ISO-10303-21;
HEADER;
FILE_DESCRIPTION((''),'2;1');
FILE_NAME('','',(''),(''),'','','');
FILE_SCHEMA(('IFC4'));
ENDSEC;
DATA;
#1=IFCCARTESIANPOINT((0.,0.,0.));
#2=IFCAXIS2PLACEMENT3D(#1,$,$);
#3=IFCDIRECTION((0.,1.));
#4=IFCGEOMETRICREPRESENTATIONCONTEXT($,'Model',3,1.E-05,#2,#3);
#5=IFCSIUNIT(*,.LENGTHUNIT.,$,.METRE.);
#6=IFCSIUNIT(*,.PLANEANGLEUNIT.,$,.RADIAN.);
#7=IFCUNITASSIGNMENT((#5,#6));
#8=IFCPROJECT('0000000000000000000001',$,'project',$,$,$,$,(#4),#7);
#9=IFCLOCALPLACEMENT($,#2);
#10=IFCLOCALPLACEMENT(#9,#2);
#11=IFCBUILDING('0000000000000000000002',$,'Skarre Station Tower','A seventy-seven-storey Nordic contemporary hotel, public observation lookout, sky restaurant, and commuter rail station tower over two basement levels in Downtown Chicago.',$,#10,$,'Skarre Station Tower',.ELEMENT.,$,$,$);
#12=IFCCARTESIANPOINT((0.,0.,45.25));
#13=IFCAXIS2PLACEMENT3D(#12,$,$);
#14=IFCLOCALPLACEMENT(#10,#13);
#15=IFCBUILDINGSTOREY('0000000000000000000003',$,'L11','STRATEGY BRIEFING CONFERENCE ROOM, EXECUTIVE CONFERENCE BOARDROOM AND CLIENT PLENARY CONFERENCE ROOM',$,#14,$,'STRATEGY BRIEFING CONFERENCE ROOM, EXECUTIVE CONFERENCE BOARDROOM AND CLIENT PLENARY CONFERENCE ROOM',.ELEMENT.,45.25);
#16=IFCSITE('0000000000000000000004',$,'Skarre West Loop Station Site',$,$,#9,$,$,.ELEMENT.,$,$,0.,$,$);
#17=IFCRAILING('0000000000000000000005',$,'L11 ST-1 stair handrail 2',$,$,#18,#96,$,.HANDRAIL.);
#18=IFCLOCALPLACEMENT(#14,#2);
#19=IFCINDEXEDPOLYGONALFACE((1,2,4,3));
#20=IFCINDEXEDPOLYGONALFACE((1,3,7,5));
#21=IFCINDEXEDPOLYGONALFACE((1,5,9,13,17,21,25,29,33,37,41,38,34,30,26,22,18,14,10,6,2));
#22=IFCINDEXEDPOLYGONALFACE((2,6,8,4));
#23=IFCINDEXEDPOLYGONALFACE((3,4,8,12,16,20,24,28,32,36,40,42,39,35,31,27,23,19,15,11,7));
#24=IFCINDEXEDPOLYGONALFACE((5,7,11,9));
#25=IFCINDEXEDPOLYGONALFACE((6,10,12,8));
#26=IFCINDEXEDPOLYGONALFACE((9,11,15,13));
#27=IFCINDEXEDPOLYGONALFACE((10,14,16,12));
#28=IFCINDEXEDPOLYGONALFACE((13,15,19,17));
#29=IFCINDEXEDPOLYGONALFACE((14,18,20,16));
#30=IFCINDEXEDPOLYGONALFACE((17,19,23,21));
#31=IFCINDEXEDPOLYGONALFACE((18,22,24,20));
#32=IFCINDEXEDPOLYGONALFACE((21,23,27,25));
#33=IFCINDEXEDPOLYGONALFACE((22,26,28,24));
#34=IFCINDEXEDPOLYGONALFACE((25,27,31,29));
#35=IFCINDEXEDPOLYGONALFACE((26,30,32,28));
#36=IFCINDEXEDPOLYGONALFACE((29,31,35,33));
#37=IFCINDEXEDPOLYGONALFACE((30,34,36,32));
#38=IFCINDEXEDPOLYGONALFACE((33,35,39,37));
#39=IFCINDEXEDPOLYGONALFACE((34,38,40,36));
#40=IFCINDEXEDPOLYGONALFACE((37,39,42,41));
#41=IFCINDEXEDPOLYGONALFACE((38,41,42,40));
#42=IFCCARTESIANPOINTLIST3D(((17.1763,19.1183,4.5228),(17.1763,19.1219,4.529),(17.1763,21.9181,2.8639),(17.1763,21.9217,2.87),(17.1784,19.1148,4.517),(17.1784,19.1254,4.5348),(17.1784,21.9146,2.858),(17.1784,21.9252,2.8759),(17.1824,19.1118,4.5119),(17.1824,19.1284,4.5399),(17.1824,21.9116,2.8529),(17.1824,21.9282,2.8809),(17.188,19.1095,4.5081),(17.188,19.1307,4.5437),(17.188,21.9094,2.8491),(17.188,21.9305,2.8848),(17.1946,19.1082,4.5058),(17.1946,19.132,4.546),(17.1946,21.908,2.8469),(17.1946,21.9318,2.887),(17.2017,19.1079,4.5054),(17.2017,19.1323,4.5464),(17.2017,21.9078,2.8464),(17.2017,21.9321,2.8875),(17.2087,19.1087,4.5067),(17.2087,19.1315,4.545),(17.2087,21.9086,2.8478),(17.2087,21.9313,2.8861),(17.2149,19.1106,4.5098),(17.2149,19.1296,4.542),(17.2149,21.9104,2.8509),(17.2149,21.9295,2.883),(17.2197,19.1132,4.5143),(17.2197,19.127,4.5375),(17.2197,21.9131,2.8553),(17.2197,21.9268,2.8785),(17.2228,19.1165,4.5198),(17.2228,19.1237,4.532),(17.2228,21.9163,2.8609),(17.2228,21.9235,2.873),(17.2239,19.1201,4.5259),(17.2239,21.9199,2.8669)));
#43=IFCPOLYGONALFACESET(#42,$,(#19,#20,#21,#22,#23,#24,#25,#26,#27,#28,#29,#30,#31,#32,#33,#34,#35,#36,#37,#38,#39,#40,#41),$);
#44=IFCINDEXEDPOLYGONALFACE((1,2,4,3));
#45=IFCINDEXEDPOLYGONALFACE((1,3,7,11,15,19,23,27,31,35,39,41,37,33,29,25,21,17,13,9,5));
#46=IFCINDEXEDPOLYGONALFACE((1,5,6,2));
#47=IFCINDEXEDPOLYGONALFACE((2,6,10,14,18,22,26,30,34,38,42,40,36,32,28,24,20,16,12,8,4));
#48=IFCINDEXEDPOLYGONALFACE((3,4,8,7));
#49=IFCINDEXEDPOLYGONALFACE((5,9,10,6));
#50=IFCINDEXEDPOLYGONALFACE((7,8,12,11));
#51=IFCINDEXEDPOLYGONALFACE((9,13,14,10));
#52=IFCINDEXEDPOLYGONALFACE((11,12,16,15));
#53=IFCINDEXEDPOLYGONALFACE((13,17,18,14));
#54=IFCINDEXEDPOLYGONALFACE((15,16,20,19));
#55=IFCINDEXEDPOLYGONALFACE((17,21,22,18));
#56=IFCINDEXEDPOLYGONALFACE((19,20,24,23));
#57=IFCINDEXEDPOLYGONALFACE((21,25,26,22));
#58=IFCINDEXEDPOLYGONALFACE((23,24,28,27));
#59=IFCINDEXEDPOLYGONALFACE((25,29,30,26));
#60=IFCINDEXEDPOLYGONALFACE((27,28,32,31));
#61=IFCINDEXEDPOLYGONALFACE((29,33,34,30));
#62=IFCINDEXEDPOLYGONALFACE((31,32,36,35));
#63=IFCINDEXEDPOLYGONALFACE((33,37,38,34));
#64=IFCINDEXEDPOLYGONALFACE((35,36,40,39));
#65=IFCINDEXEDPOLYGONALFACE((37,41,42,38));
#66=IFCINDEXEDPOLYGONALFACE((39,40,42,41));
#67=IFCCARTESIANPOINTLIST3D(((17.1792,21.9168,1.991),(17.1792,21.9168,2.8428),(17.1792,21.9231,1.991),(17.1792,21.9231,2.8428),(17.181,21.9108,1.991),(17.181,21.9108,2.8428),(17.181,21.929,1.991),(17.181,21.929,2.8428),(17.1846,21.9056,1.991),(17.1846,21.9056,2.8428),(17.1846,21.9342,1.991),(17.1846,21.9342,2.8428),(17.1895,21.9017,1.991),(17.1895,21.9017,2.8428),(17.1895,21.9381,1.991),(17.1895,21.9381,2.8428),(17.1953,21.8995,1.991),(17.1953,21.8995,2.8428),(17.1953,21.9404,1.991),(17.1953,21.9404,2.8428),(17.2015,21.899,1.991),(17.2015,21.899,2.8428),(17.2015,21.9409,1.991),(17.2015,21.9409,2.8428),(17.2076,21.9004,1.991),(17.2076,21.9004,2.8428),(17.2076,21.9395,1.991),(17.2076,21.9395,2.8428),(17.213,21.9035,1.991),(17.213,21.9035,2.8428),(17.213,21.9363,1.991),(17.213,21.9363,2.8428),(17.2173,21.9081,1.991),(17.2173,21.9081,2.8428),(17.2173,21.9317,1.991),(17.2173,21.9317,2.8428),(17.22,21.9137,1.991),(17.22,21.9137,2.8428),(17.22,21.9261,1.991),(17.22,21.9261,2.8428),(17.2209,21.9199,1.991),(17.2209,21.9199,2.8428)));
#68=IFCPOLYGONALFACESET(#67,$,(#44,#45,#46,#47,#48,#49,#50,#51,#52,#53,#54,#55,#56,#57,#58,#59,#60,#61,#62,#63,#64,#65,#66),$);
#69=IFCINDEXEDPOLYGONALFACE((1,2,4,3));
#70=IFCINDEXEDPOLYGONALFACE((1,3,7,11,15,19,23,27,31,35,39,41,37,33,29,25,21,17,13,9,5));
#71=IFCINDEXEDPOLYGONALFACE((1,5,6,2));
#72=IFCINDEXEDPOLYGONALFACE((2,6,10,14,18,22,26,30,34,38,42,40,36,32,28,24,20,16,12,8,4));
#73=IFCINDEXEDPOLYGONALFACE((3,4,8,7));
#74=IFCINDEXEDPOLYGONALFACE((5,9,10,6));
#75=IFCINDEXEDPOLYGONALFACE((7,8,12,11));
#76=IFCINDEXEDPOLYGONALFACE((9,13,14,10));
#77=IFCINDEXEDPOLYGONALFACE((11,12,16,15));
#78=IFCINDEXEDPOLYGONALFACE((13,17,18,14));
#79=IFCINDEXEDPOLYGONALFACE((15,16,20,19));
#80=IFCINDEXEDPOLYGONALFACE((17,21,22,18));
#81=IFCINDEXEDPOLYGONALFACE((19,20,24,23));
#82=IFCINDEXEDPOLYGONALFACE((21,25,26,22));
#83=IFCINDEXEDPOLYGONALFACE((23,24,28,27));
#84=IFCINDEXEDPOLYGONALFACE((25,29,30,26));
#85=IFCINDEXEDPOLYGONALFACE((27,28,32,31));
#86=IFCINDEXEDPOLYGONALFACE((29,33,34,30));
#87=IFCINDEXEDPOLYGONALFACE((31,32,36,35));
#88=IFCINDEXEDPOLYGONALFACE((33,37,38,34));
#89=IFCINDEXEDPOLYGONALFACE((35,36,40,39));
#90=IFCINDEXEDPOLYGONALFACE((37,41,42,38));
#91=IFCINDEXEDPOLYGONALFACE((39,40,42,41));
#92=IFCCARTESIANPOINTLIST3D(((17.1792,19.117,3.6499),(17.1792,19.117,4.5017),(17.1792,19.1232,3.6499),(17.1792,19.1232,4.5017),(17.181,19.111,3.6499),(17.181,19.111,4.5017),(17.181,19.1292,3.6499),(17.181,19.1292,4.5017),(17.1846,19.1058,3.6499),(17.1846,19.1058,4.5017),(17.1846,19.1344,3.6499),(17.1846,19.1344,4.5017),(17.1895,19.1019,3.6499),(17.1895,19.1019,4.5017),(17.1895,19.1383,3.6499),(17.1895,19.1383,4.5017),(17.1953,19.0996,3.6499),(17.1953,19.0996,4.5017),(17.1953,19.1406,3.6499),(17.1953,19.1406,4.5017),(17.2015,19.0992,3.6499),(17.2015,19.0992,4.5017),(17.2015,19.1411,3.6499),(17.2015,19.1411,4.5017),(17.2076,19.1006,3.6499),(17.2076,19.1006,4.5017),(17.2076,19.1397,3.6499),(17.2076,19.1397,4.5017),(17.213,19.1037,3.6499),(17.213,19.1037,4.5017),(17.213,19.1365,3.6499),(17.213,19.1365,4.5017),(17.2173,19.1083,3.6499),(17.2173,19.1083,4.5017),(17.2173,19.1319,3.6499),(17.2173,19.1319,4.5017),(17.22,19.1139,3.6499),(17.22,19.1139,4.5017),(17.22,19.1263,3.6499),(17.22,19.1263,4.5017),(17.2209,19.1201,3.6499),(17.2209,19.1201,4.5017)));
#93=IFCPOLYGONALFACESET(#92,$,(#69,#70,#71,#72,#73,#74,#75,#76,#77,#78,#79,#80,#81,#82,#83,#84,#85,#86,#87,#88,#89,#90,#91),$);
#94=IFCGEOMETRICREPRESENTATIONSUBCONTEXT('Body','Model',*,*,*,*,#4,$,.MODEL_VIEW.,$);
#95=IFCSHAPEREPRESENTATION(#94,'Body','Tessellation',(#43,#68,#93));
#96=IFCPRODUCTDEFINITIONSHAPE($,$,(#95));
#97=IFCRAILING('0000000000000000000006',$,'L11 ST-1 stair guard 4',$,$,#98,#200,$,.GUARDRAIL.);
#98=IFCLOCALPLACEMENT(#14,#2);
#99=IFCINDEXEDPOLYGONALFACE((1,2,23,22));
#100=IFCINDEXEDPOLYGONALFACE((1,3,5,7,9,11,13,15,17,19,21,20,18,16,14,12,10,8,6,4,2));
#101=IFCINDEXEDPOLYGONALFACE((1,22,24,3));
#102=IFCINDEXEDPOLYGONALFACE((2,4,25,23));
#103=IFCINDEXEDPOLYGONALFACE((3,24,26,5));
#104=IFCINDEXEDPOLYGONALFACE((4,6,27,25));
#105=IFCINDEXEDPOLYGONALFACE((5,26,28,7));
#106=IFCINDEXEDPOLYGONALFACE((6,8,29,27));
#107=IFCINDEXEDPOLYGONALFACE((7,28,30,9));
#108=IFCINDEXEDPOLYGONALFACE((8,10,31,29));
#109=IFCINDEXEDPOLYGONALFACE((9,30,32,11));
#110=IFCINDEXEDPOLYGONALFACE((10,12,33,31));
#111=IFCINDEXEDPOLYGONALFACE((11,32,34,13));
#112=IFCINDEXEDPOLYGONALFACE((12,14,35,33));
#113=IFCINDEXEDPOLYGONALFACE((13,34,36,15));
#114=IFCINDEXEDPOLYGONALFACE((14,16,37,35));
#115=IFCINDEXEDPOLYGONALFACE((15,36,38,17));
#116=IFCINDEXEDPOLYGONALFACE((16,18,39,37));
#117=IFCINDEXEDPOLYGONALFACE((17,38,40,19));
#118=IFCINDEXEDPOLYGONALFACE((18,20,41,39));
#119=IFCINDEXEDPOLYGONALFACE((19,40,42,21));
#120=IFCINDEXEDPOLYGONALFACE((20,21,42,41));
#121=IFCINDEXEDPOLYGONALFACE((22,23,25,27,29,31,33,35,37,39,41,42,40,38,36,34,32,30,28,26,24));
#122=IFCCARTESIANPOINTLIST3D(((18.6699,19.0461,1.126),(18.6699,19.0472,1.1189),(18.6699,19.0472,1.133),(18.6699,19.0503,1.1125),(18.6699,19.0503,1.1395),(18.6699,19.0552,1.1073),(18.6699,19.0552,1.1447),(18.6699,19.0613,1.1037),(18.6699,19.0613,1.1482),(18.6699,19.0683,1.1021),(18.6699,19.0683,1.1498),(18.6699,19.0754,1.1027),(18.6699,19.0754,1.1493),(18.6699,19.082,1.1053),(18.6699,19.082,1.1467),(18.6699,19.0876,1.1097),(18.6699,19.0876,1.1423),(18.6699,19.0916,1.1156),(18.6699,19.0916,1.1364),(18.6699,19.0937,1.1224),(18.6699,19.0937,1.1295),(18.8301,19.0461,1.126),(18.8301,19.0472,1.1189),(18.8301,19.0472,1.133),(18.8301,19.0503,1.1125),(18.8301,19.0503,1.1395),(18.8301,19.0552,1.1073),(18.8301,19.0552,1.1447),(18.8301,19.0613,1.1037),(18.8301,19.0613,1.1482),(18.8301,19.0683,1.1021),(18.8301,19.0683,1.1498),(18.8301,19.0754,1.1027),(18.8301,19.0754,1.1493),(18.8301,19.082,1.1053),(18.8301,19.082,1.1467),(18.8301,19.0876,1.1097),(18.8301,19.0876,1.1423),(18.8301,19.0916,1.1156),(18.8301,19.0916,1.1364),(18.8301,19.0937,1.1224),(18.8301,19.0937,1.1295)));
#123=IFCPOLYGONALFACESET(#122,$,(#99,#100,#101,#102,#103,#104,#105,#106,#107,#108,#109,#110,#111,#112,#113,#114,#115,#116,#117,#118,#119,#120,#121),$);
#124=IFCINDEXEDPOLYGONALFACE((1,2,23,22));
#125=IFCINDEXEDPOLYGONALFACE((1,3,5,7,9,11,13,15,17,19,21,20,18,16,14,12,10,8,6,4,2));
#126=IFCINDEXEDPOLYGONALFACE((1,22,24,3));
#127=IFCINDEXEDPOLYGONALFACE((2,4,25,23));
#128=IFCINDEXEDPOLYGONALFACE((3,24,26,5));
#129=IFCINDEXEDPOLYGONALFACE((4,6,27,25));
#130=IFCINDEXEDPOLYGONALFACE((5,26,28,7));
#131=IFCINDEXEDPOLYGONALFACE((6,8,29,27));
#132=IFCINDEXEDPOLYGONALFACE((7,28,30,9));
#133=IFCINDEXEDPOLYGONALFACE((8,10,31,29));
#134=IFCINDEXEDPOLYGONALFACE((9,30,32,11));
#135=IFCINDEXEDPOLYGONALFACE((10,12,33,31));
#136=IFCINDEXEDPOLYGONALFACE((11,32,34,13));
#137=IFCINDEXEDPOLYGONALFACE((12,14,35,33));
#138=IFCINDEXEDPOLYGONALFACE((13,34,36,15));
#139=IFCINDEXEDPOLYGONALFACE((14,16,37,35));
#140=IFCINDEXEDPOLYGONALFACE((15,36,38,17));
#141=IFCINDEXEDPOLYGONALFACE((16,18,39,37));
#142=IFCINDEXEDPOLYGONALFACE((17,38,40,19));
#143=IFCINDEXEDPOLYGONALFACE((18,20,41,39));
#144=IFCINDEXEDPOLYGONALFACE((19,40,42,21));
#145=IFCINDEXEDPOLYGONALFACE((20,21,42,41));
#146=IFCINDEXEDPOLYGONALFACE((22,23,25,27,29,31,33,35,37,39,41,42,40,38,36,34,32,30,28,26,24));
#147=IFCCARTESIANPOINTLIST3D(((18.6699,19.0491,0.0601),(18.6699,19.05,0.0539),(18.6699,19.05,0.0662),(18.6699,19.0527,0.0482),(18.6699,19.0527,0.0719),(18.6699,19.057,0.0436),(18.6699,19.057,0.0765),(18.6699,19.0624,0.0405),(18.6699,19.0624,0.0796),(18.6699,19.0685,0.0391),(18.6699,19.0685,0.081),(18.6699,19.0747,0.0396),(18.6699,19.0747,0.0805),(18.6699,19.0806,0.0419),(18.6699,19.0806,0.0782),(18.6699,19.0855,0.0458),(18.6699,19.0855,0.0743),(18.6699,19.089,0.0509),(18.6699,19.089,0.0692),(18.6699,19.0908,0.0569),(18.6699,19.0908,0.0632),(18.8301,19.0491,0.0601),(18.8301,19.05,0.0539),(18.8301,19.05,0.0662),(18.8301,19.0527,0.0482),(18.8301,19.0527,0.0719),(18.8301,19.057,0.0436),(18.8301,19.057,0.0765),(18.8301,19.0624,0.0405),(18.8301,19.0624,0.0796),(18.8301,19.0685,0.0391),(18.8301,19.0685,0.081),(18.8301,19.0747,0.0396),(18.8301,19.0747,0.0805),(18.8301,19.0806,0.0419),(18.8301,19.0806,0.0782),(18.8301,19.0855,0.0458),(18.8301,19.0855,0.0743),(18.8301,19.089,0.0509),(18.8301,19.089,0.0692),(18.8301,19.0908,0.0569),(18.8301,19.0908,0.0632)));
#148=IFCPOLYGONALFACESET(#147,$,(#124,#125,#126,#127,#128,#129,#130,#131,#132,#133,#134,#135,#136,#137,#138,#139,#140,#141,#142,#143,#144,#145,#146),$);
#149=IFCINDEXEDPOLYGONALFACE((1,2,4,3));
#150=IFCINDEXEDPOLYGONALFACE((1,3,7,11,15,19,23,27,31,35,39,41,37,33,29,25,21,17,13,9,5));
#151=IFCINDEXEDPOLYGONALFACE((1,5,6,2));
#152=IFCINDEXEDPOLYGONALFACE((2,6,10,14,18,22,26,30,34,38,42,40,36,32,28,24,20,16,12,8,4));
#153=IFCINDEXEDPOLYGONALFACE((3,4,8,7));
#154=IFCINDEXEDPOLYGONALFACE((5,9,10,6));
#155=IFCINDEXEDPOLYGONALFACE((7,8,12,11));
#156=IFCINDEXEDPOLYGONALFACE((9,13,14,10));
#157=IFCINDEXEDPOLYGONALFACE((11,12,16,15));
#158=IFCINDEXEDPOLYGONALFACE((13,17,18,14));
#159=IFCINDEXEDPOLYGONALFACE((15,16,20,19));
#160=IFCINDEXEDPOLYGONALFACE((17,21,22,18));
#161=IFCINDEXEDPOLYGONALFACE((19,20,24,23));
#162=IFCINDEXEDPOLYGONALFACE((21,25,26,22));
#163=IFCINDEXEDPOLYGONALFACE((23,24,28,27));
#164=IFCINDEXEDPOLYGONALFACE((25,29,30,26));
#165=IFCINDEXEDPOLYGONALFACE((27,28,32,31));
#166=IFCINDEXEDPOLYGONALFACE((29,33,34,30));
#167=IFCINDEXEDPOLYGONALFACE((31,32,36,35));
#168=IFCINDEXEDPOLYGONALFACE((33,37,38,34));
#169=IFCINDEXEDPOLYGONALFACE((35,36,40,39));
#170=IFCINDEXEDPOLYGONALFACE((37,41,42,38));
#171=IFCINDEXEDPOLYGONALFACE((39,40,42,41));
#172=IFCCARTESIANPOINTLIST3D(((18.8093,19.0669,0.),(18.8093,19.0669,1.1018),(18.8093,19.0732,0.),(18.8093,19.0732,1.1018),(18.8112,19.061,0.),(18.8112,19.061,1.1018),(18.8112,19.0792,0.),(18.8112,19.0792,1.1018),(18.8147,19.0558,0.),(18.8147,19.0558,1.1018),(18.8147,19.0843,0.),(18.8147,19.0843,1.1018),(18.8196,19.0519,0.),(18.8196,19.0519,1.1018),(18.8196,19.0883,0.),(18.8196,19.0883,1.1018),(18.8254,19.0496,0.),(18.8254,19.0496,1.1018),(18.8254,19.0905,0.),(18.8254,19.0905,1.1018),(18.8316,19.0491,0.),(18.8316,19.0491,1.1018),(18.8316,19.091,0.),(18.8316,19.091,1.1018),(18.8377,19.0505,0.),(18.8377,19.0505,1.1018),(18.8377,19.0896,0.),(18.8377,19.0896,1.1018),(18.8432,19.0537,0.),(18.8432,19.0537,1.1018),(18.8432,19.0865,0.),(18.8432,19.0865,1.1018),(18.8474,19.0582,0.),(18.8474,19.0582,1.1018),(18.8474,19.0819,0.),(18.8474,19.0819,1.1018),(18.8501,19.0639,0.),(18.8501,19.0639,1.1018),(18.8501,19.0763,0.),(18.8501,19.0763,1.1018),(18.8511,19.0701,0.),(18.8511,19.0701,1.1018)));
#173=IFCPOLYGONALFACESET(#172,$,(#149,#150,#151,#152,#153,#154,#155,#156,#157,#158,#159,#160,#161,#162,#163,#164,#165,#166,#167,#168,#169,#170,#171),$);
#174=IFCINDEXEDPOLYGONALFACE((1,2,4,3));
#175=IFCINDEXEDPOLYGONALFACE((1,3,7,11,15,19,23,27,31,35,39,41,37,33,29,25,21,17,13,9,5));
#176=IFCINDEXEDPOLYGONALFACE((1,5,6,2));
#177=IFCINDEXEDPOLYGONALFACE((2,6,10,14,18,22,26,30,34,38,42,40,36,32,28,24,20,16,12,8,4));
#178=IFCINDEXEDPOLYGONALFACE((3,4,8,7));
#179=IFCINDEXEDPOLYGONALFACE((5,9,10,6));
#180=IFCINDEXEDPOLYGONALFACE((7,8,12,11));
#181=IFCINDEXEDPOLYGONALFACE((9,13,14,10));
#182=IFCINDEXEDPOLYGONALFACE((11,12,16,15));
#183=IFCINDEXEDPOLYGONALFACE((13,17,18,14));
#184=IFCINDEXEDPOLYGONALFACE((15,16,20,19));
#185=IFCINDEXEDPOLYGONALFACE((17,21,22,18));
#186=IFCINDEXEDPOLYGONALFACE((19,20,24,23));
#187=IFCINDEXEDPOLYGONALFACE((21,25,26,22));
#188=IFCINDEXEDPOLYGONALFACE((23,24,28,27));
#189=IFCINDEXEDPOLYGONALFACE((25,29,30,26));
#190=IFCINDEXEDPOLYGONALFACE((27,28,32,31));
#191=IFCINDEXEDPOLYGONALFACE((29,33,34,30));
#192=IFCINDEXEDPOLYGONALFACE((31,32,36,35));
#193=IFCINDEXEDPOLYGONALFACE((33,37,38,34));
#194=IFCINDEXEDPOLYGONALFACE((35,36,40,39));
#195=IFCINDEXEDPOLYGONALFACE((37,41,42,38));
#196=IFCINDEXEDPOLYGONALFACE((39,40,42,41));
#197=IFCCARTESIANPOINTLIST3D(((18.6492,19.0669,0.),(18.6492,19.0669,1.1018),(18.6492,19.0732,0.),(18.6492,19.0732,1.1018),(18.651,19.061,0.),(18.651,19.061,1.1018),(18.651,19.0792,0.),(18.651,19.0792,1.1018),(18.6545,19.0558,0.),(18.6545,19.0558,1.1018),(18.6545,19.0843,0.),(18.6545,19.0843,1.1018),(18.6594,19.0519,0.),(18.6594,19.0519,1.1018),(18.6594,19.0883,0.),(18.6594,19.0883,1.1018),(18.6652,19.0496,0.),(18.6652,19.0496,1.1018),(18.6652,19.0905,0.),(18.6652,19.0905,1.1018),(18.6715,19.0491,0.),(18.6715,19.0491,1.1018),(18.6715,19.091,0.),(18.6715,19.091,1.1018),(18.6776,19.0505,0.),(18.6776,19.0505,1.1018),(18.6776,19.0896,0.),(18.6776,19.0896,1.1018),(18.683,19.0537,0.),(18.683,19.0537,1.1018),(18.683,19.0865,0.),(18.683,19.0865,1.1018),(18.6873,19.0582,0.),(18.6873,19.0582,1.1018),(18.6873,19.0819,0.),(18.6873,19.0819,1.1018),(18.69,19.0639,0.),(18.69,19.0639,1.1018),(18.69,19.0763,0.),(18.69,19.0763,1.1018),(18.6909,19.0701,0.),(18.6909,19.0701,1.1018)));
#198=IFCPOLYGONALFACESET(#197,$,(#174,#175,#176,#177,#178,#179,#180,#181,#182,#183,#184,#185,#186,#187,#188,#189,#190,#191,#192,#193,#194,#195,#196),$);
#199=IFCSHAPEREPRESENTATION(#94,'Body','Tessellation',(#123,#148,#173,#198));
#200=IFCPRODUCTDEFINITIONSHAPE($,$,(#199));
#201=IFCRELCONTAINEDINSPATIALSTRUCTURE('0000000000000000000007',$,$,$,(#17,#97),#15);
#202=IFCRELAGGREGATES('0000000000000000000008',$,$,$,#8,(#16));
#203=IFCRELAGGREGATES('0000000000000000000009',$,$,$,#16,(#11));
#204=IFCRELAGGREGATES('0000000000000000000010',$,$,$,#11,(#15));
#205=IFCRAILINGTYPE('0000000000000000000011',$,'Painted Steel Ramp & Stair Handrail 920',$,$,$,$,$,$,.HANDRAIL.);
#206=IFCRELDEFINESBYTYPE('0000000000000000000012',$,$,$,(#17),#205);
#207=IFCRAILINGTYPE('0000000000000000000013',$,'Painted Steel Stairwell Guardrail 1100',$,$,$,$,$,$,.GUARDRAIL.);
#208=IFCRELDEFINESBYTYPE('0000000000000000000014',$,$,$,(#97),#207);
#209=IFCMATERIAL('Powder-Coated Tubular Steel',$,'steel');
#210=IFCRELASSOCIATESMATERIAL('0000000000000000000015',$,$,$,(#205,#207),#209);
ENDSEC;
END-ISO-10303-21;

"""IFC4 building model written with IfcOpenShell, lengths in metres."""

from ifc_helpers import new_model, si_unit, direction, frame, origin, origin_2d, place, context, subcontext, project, spatial, circle, extrude, material, type_object, element, save


model = new_model("IFC4")

# Units and contexts
model_context = context("Model", 3, precision=1e-05, world=origin(), true_north=direction((0.0, 1.0)))
body_context = subcontext(model_context, "Body", "Model", "MODEL_VIEW")
ifc_project = project(units=[si_unit("LENGTHUNIT", "METRE"), si_unit("PLANEANGLEUNIT", "RADIAN")], contexts=[model_context])

# Site, building, storey
site_placement = place(None, origin())
site = spatial("IfcSite", under=ifc_project, at=site_placement, Name="Skarre West Loop Station Site", CompositionType="ELEMENT", RefElevation=0.0)
building_placement = place(site_placement, origin())
building = spatial("IfcBuilding", under=site, at=building_placement, Name="Skarre Station Tower", Description="A seventy-seven-storey Nordic contemporary hotel, public observation lookout, sky restaurant, and commuter rail station tower over two basement levels in Downtown Chicago.", LongName="Skarre Station Tower", CompositionType="ELEMENT")
storey_placement = place(building_placement, frame((0.0, 0.0, 45.25)))
storey = spatial("IfcBuildingStorey", under=building, at=storey_placement, Name="L11", Description="STRATEGY BRIEFING CONFERENCE ROOM, EXECUTIVE CONFERENCE BOARDROOM AND CLIENT PLENARY CONFERENCE ROOM", LongName="STRATEGY BRIEFING CONFERENCE ROOM, EXECUTIVE CONFERENCE BOARDROOM AND CLIENT PLENARY CONFERENCE ROOM", CompositionType="ELEMENT", Elevation=45.25)

# Railings
ifc_material_1 = material(Name="Powder-Coated Tubular Steel", Category="steel")
railing_type_1 = type_object("IfcRailingType", Name="Painted Steel Ramp & Stair Handrail 920", PredefinedType="HANDRAIL", material=ifc_material_1)
railing_1_placement = place(storey_placement, frame((17.2, 21.9199, 1.991)))
element("IfcRailing", 1, at=railing_1_placement, inside=storey, type_object=railing_type_1, Name="L11 ST-1 stair handrail 2", PredefinedType="HANDRAIL", context=body_context, shape_type="SweptSolid", body=[
    extrude(circle(Radius=0.0239, at=origin_2d()), frame((0.0, 0.0, 0.876), z_axis=(0.0, -0.86032, 0.509755), x_axis=(1.0, 0.0, 0.0)), (0.0, 0.0, 1.0), 3.2544),
    extrude(circle(Radius=0.021, at=origin_2d()), origin(), (0.0, 0.0, 1.0), 0.8518),
    extrude(circle(Radius=0.021, at=origin_2d()), frame((0.0, -2.7998, 1.6589)), (0.0, 0.0, 1.0), 0.8518),
])
railing_type_2 = type_object("IfcRailingType", Name="Painted Steel Stairwell Guardrail 1100", PredefinedType="GUARDRAIL", material=ifc_material_1)
railing_2_placement = place(storey_placement, frame((18.8301, 19.0701, 0.0)))
element("IfcRailing", 2, at=railing_2_placement, inside=storey, type_object=railing_type_2, Name="L11 ST-1 stair guard 4", PredefinedType="GUARDRAIL", context=body_context, shape_type="SweptSolid", body=[
    extrude(circle(Radius=0.0239, at=origin_2d()), frame((0.0, 0.0, 1.126), z_axis=(-1.0, 0.0, 0.0), x_axis=(0.0, -1.0, 0.0)), (0.0, 0.0, 1.0), 0.1602),
    extrude(circle(Radius=0.021, at=origin_2d()), frame((0.0, 0.0, 0.0601), z_axis=(-1.0, 0.0, 0.0), x_axis=(0.0, -1.0, 0.0)), (0.0, 0.0, 1.0), 0.1602),
    extrude(circle(Radius=0.021, at=origin_2d()), origin(), (0.0, 0.0, 1.0), 1.1018),
    extrude(circle(Radius=0.021, at=origin_2d()), frame((-0.1602, 0.0, 0.0)), (0.0, 0.0, 1.0), 1.1018),
])

save(model, "model.ifc")
